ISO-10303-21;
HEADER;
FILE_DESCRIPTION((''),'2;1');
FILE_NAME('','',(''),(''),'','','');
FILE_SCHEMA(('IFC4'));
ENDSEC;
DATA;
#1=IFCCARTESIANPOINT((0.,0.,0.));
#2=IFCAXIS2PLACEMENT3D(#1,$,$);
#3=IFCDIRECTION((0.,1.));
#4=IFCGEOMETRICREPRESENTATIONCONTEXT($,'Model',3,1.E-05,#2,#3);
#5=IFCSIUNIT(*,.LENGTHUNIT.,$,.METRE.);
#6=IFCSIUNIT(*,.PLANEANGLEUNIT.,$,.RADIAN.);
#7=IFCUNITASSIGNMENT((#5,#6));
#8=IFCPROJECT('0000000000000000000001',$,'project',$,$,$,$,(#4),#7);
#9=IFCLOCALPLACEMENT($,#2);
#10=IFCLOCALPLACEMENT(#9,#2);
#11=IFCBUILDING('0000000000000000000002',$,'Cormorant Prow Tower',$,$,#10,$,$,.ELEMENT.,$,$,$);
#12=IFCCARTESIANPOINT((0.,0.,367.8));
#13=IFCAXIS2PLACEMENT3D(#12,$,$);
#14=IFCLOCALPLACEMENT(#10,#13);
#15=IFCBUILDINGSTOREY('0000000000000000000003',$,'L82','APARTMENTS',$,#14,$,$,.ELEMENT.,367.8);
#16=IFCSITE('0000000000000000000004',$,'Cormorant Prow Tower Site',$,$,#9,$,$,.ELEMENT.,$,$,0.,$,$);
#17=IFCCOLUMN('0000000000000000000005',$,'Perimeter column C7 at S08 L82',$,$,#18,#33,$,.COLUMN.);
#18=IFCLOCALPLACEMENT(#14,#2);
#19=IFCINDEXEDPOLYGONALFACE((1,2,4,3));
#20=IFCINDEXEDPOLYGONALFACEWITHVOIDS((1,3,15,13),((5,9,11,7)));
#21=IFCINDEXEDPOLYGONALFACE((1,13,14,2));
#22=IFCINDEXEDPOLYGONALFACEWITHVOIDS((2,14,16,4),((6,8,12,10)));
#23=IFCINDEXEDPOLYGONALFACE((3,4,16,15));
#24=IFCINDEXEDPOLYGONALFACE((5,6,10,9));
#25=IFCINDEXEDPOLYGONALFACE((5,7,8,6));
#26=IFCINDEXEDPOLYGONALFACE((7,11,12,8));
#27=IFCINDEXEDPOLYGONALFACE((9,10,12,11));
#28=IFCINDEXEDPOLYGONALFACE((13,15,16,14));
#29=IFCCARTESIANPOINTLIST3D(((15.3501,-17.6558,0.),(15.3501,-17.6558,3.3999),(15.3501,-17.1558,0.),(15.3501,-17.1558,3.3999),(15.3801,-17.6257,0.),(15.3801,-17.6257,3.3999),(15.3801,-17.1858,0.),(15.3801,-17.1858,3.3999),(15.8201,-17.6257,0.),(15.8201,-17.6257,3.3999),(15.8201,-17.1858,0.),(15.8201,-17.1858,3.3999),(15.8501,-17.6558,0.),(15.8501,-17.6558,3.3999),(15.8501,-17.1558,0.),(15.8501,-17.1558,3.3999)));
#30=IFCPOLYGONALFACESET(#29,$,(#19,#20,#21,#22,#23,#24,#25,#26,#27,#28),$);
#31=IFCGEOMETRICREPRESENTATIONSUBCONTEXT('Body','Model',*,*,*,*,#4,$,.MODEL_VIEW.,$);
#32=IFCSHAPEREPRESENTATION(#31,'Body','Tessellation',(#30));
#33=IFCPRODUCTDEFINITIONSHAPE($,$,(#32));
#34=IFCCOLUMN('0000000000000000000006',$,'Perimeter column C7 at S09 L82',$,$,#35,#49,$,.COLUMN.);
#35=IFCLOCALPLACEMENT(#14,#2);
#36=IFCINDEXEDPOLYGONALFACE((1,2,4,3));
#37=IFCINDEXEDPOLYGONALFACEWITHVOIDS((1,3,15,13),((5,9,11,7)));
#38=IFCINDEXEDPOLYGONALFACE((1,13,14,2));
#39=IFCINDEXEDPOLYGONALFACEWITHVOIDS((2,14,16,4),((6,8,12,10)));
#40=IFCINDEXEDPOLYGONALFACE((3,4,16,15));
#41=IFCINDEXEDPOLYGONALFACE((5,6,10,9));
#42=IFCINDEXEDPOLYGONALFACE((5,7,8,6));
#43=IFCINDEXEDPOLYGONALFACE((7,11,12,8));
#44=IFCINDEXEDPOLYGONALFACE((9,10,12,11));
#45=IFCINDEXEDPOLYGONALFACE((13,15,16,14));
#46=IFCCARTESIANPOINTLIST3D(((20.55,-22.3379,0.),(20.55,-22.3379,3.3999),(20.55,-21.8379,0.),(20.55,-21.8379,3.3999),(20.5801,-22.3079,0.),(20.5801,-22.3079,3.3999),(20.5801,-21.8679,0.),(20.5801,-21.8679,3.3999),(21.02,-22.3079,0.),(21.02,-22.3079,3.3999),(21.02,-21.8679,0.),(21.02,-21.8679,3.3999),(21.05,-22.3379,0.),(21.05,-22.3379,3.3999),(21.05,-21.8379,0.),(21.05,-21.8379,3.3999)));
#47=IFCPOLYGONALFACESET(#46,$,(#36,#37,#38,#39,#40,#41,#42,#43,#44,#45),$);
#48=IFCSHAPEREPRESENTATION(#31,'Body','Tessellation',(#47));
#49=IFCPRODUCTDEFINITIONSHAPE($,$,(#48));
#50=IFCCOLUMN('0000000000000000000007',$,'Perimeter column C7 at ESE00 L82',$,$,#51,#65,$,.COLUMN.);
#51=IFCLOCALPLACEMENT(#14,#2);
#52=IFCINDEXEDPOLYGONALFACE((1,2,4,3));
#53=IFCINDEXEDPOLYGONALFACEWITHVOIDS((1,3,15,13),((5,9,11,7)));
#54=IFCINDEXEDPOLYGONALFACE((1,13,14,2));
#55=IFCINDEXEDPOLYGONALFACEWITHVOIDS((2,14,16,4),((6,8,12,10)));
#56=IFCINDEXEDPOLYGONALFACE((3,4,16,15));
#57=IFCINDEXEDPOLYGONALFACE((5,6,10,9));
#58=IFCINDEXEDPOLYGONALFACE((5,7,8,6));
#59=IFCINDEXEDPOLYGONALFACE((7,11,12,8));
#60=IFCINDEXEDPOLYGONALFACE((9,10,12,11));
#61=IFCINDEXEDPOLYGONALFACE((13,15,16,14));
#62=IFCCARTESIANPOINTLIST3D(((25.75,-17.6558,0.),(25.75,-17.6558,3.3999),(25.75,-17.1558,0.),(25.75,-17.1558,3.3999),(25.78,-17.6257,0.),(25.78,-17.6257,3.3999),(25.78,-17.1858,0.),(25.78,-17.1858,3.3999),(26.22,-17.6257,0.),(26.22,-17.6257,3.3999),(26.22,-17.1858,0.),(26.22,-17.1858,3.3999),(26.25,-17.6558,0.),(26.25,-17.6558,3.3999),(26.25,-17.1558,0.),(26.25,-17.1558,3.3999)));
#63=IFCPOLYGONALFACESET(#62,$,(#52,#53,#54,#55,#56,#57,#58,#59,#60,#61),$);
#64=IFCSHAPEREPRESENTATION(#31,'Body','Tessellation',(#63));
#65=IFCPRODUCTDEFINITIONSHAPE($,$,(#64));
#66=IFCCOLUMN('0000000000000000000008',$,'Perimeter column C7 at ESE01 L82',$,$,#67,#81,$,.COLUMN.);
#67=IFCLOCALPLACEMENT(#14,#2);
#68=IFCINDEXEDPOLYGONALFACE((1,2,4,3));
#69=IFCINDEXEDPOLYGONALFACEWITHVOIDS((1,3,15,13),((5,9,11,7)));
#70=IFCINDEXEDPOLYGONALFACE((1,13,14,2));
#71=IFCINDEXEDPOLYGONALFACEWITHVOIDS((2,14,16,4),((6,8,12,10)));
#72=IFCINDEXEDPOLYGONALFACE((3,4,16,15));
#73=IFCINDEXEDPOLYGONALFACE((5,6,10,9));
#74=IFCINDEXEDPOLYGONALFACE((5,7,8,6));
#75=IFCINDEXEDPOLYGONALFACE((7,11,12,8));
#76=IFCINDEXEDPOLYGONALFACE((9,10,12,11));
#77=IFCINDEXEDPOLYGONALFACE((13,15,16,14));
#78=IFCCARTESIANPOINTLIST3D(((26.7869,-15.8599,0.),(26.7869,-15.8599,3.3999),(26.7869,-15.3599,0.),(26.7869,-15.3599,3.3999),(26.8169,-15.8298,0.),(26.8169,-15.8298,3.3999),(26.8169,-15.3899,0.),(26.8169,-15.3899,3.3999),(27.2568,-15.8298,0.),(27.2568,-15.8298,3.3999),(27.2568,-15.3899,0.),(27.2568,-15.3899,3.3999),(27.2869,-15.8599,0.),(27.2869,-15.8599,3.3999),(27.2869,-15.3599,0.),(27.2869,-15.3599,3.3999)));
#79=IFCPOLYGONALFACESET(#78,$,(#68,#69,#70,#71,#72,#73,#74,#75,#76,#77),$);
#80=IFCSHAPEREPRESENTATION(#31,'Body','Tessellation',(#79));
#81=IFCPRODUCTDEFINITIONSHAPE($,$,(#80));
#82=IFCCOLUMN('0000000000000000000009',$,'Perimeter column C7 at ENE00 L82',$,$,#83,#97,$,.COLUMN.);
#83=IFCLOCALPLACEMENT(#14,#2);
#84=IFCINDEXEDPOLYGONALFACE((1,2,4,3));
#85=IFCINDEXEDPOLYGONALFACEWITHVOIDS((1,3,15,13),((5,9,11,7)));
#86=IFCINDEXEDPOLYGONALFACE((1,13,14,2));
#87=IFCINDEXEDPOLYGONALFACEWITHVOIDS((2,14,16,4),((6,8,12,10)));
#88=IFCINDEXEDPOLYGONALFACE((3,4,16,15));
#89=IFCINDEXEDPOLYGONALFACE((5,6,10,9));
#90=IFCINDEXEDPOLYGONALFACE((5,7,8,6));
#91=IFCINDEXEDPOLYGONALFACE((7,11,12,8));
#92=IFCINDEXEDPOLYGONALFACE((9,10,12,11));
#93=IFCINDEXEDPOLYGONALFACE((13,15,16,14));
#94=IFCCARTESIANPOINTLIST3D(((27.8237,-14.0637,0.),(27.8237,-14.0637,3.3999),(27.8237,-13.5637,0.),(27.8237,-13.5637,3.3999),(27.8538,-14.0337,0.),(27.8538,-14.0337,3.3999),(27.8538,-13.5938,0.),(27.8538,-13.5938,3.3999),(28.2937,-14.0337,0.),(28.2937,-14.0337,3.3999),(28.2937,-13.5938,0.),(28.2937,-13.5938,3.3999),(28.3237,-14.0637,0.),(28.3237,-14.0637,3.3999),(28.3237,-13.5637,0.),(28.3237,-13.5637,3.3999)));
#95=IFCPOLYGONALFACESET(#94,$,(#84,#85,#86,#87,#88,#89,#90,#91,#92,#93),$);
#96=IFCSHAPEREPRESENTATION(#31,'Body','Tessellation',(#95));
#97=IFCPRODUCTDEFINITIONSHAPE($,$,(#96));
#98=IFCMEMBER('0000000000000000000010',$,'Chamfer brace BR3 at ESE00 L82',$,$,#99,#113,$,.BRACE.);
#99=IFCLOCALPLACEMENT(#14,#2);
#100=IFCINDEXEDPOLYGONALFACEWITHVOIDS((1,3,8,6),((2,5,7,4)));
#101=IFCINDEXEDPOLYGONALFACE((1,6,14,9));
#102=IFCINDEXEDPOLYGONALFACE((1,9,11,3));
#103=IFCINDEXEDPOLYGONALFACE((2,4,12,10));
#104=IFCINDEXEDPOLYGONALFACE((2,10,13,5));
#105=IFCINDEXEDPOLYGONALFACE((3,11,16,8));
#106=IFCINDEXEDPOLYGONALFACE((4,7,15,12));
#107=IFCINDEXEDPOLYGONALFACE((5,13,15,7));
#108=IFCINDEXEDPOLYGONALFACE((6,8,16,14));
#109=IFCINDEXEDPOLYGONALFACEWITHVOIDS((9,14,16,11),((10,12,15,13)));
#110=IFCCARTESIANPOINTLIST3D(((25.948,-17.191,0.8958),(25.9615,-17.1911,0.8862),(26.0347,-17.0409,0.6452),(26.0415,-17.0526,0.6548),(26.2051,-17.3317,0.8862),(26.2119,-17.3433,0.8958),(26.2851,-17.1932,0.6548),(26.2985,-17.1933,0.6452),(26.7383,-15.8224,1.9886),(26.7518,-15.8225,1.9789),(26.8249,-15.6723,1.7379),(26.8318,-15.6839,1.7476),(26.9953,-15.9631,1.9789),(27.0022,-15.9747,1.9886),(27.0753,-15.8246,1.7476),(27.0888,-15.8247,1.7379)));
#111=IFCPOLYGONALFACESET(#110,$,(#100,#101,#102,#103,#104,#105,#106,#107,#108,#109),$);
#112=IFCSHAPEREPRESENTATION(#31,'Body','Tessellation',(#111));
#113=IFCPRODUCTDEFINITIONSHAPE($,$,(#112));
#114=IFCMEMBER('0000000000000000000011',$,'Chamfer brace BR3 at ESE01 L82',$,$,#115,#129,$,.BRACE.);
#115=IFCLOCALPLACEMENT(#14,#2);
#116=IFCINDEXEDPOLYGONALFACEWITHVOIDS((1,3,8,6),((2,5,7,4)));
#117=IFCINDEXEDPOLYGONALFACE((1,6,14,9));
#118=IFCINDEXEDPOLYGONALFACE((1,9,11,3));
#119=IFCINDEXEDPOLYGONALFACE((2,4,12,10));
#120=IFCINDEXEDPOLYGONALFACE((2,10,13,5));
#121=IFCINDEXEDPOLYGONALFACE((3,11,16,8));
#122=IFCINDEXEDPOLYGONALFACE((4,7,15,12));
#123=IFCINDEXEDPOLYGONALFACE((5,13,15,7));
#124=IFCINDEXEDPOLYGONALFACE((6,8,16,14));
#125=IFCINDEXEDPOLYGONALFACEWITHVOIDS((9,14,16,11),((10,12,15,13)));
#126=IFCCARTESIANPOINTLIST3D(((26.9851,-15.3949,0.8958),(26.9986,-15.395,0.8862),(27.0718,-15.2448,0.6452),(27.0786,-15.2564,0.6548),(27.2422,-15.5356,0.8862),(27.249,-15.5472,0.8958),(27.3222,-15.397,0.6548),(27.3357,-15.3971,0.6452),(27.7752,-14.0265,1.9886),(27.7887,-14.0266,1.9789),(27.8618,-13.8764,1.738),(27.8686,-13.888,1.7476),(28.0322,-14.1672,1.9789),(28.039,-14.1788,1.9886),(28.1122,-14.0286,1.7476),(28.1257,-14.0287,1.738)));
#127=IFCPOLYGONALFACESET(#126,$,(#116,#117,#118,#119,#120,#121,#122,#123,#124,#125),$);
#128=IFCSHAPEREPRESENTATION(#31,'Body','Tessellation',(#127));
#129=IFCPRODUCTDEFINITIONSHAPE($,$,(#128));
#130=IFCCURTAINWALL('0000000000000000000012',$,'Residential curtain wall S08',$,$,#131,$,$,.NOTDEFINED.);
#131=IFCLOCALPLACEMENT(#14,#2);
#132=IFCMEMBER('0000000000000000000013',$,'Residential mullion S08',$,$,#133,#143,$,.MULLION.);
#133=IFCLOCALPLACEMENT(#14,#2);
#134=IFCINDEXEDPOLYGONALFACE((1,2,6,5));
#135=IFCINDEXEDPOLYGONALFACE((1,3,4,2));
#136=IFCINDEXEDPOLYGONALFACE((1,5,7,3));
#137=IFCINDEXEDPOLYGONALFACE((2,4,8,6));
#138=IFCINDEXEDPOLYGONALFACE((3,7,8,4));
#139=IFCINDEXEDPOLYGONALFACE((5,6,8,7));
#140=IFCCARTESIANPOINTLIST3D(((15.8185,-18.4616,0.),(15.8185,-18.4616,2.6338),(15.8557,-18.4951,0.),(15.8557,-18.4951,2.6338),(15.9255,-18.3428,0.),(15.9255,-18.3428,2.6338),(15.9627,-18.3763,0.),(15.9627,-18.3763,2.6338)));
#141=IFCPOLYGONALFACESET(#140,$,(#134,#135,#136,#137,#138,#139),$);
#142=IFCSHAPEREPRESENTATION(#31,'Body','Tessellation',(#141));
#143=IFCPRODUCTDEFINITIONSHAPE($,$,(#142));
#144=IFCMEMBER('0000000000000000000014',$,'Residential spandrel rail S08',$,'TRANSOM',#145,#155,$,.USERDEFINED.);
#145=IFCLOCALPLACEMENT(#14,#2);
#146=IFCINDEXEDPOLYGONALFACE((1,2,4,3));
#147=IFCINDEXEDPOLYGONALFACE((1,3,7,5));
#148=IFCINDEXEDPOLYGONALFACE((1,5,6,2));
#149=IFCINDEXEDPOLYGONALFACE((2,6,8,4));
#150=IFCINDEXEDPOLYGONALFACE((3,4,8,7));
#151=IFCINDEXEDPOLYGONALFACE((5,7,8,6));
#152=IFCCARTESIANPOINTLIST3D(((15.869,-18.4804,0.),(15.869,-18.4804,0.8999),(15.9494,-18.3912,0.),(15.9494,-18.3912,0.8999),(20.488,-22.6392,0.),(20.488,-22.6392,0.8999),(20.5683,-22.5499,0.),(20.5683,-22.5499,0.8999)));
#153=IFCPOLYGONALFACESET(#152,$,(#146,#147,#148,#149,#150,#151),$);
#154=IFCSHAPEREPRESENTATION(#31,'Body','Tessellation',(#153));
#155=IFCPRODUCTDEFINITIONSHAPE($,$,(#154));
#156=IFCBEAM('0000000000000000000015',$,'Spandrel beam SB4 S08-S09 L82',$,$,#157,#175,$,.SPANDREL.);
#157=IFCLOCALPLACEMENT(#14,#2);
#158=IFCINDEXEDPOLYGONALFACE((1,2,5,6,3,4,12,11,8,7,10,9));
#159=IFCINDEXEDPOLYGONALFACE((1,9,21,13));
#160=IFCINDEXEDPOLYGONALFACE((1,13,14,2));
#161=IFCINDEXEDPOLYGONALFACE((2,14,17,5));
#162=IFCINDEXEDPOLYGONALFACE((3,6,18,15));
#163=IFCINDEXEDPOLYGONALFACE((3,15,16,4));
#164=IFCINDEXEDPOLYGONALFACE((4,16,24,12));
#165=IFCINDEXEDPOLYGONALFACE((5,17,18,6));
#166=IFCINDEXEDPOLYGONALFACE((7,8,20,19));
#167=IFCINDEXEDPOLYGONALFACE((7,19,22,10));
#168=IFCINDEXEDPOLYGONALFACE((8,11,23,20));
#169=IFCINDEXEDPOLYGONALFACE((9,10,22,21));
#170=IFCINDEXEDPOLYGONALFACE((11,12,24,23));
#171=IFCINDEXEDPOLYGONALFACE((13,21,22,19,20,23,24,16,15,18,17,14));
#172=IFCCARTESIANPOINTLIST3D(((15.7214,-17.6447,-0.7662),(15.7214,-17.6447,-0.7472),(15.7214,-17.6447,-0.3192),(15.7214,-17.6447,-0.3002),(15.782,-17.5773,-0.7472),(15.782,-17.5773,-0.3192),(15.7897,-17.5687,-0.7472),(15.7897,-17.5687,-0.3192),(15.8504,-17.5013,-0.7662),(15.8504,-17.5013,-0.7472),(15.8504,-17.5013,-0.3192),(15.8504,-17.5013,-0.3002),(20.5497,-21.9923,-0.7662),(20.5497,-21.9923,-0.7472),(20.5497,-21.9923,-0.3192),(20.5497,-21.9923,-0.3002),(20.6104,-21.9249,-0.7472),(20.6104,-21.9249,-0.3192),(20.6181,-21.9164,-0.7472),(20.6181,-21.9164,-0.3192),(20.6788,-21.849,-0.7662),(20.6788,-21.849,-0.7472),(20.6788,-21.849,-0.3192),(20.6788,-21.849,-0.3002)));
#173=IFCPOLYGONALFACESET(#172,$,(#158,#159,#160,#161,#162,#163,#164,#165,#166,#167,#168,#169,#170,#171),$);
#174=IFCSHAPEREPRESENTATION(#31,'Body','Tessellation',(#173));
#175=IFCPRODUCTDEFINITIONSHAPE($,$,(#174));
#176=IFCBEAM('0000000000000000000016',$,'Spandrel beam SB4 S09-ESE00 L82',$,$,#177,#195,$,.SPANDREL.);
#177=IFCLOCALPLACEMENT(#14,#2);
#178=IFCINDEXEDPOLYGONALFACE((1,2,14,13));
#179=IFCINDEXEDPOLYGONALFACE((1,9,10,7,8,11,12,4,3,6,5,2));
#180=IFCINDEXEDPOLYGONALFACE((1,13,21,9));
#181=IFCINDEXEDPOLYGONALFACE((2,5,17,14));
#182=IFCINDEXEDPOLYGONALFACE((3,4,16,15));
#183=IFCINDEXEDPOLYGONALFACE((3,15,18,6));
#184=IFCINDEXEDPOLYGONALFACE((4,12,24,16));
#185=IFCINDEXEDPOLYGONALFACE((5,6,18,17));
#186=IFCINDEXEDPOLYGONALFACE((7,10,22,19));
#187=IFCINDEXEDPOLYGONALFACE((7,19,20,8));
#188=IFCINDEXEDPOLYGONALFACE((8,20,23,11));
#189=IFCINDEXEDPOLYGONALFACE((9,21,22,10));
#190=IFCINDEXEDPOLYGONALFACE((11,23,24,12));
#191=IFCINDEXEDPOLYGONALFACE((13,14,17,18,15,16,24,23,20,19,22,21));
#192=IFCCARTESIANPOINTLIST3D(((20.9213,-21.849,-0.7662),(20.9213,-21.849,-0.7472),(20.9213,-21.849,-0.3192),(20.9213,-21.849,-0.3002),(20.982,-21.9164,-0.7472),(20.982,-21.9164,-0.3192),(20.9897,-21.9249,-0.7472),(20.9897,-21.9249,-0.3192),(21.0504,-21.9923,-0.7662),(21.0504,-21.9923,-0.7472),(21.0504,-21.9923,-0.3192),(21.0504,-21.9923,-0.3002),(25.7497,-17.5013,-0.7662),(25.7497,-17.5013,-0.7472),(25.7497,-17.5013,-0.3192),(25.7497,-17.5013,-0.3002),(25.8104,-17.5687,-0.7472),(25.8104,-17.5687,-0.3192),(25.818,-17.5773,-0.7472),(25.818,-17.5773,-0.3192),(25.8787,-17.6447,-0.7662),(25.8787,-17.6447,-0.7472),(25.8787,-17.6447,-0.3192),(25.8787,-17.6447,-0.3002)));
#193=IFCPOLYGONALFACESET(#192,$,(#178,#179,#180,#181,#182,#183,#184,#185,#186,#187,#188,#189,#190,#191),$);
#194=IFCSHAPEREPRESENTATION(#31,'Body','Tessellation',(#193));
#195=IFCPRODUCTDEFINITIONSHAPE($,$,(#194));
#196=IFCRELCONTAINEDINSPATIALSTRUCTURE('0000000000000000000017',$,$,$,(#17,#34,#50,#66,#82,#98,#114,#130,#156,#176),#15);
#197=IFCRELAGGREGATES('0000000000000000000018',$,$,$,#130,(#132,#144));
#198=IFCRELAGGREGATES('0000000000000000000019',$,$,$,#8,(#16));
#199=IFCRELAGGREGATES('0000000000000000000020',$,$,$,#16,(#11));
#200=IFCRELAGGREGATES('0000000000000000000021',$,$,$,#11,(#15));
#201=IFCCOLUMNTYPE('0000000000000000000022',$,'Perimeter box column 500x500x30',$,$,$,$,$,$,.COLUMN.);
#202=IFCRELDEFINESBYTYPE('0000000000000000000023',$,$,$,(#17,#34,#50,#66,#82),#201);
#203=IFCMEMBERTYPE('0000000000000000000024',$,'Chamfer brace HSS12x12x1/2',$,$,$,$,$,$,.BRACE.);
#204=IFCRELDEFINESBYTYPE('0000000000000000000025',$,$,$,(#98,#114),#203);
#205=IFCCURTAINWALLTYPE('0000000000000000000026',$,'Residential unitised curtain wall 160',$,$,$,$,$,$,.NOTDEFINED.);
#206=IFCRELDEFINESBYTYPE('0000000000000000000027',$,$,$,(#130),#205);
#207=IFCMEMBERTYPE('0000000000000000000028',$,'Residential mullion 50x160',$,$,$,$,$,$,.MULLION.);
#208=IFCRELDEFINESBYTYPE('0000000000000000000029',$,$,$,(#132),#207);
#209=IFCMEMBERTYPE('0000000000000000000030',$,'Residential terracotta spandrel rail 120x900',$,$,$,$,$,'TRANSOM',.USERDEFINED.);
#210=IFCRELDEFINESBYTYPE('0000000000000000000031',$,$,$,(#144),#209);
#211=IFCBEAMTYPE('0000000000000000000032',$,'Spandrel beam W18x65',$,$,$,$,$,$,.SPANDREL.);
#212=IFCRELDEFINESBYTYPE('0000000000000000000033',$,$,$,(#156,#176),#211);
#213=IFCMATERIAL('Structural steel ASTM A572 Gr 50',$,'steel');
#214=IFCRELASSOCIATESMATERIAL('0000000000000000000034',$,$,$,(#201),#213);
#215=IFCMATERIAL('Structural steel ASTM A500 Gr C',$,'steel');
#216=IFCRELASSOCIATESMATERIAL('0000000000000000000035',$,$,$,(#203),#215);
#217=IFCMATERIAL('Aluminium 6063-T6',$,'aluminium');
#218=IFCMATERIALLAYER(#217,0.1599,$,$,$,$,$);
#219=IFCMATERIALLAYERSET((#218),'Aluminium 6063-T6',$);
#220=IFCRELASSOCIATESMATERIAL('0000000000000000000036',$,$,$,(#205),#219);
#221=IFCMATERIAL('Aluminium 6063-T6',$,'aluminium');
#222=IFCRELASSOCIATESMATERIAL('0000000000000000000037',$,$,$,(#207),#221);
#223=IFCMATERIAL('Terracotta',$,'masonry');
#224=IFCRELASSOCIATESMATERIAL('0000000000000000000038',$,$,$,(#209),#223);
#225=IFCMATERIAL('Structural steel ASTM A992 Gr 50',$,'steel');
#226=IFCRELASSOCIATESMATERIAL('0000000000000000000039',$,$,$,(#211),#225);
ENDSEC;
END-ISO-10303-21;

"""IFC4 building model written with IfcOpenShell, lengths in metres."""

from ifc_helpers import new_model, si_unit, direction, frame, origin, origin_2d, place, context, subcontext, project, spatial, rectangle, hollow_rectangle, i_section, extrude, material, layer, layer_set, material_profile, profile_set, type_object, element, aggregate, save


model = new_model("IFC4")

# Units and contexts
model_context = context("Model", 3, precision=1e-05, world=origin(), true_north=direction((0.0, 1.0)))
body_context = subcontext(model_context, "Body", "Model", "MODEL_VIEW")
ifc_project = project(units=[si_unit("LENGTHUNIT", "METRE"), si_unit("PLANEANGLEUNIT", "RADIAN")], contexts=[model_context])

# Site, building, storey
site_placement = place(None, origin())
site = spatial("IfcSite", under=ifc_project, at=site_placement, Name="Cormorant Prow Tower Site", CompositionType="ELEMENT", RefElevation=0.0)
building_placement = place(site_placement, origin())
building = spatial("IfcBuilding", under=site, at=building_placement, Name="Cormorant Prow Tower", CompositionType="ELEMENT")
storey_placement = place(building_placement, frame((0.0, 0.0, 367.8)))
storey = spatial("IfcBuildingStorey", under=building, at=storey_placement, Name="L82", Description="APARTMENTS", CompositionType="ELEMENT", Elevation=367.8)

# Columns
ifc_material_1 = material(Name="Structural steel ASTM A572 Gr 50", Category="steel")
ifc_material_profile_1 = material_profile(ifc_material_1, hollow_rectangle(XDim=0.5, YDim=0.5, WallThickness=0.03, at=origin_2d()), Name="Box 500x500x30")
ifc_profile_set_1 = profile_set([ifc_material_profile_1], Name="Structural steel ASTM A572 Gr 50")
column_type = type_object("IfcColumnType", Name="Perimeter box column 500x500x30", PredefinedType="COLUMN", material=ifc_profile_set_1)
for number, where, z_axis, x_axis, name in (
    (1, (15.6001, -17.4058, 0.0), (0.0, 0.0, 1.0), (1.0, 0.0, 0.0), "Perimeter column C7 at S08 L82"),
    (2, (20.8, -22.0879, 0.0), (0.0, 0.0, 1.0), (1.0, 0.0, 0.0), "Perimeter column C7 at S09 L82"),
    (3, (26.0, -17.4058, 0.0), (0.0, 0.0, 1.0), (1.0, 0.0, 0.0), "Perimeter column C7 at ESE00 L82"),
    (4, (27.0369, -15.6099, 0.0), (0.0, 0.0, 1.0), (1.0, 0.0, 0.0), "Perimeter column C7 at ESE01 L82"),
    (5, (28.0737, -13.8137, 0.0), (0.0, 0.0, 1.0), (1.0, 0.0, 0.0), "Perimeter column C7 at ENE00 L82"),
):
    element("IfcColumn", number, at=place(storey_placement, frame(where, z_axis=z_axis, x_axis=x_axis)), inside=storey, type_object=column_type, Name=name, PredefinedType="COLUMN", context=body_context, shape_type="SweptSolid", body=[
        extrude(hollow_rectangle(XDim=0.5, YDim=0.5, WallThickness=0.03, at=origin_2d()), origin(), (0.0, 0.0, 1.0), 3.3999),
    ])

# Members
ifc_material_2 = material(Name="Structural steel ASTM A500 Gr C", Category="steel")
ifc_material_profile_2 = material_profile(ifc_material_2, hollow_rectangle(XDim=0.3047, YDim=0.3047, WallThickness=0.0117, at=origin_2d()), Name="HSS12x12x1/2")
ifc_profile_set_2 = profile_set([ifc_material_profile_2], Name="Structural steel ASTM A500 Gr C")
member_type_1 = type_object("IfcMemberType", Name="Chamfer brace HSS12x12x1/2", PredefinedType="BRACE", material=ifc_profile_set_2)
member_1_placement = place(storey_placement, frame((26.1233, -17.1921, 0.7705), z_axis=(0.411299, 0.712308, 0.568728), x_axis=(-0.866, 0.500043, 0.0)))
element("IfcMember", 6, at=member_1_placement, inside=storey, type_object=member_type_1, Name="Chamfer brace BR3 at ESE00 L82", PredefinedType="BRACE", context=body_context, shape_type="SweptSolid", body=[
    extrude(hollow_rectangle(XDim=0.3047, YDim=0.3047, WallThickness=0.0117, at=origin_2d()), origin(), (0.0, 0.0, 1.0), 1.9214),
])
member_2_placement = place(storey_placement, frame((27.1604, -15.396, 0.7705), z_axis=(0.41123, 0.712282, 0.568809), x_axis=(-0.866029, 0.499994, 0.0)))
element("IfcMember", 7, at=member_2_placement, inside=storey, type_object=member_type_1, Name="Chamfer brace BR3 at ESE01 L82", PredefinedType="BRACE", context=body_context, shape_type="SweptSolid", body=[
    extrude(hollow_rectangle(XDim=0.3047, YDim=0.3047, WallThickness=0.0117, at=origin_2d()), origin(), (0.0, 0.0, 1.0), 1.9211),
])

# Curtain wall, members
ifc_material_3 = material(Name="Aluminium 6063-T6", Category="aluminium")
ifc_layer_1 = layer(ifc_material_3, 0.1599)
ifc_layer_set_1 = layer_set([ifc_layer_1], Name="Aluminium 6063-T6")
curtain_wall_type = type_object("IfcCurtainWallType", Name="Residential unitised curtain wall 160", PredefinedType="NOTDEFINED", material=ifc_layer_set_1)
curtain_wall_placement = place(storey_placement, origin())
curtain_wall = element("IfcCurtainWall", 8, at=curtain_wall_placement, inside=storey, type_object=curtain_wall_type, Name="Residential curtain wall S08", PredefinedType="NOTDEFINED")
ifc_material_4 = material(Name="Aluminium 6063-T6", Category="aluminium")
ifc_material_profile_3 = material_profile(ifc_material_4, rectangle(XDim=0.1599, YDim=0.05, at=origin_2d()), Name="Residential mullion 50x160")
ifc_profile_set_3 = profile_set([ifc_material_profile_3], Name="Aluminium 6063-T6")
member_type_2 = type_object("IfcMemberType", Name="Residential mullion 50x160", PredefinedType="MULLION", material=ifc_profile_set_3)
member_3_placement = place(storey_placement, frame((15.8906, -18.4189, 0.0), z_axis=(0.0, 0.0, 1.0), x_axis=(0.669131, 0.743145, 0.0)))
member_3 = element("IfcMember", 9, at=member_3_placement, type_object=member_type_2, Name="Residential mullion S08", PredefinedType="MULLION", context=body_context, shape_type="SweptSolid", body=[
    extrude(rectangle(XDim=0.1599, YDim=0.05, at=origin_2d()), origin(), (0.0, 0.0, 1.0), 2.6338),
])
ifc_material_5 = material(Name="Terracotta", Category="masonry")
ifc_material_profile_4 = material_profile(ifc_material_5, rectangle(XDim=0.1201, YDim=0.8999, at=origin_2d()), Name="Residential terracotta spandrel rail 120x900")
ifc_profile_set_4 = profile_set([ifc_material_profile_4], Name="Terracotta")
member_type_3 = type_object("IfcMemberType", Name="Residential terracotta spandrel rail 120x900", ElementType="TRANSOM", PredefinedType="USERDEFINED", material=ifc_profile_set_4)
member_4_placement = place(storey_placement, frame((15.9092, -18.4358, 0.45), z_axis=(0.743159, -0.669114, 0.0), x_axis=(0.669114, 0.743159, 0.0)))
member_4 = element("IfcMember", 10, at=member_4_placement, type_object=member_type_3, Name="Residential spandrel rail S08", ObjectType="TRANSOM", PredefinedType="USERDEFINED", context=body_context, shape_type="SweptSolid", body=[
    extrude(rectangle(XDim=0.1201, YDim=0.8999, at=origin_2d()), origin(), (0.0, 0.0, 1.0), 6.2153),
])

# Beams
ifc_material_6 = material(Name="Structural steel ASTM A992 Gr 50", Category="steel")
ifc_material_profile_5 = material_profile(ifc_material_6, i_section(OverallWidth=0.1929, OverallDepth=0.4661, WebThickness=0.0115, FlangeThickness=0.019, at=origin_2d()), Name="W18x65")
ifc_profile_set_5 = profile_set([ifc_material_profile_5], Name="Structural steel ASTM A992 Gr 50")
beam_type = type_object("IfcBeamType", Name="Spandrel beam W18x65", PredefinedType="SPANDREL", material=ifc_profile_set_5)
for number, where, z_axis, x_axis, name in (
    (11, (15.7859, -17.573, -0.5332), (0.743132, -0.669145, 0.0), (0.669145, 0.743132, 0.0), "Spandrel beam SB4 S08-S09 L82"),
    (12, (20.9858, -21.9207, -0.5332), (0.743132, 0.669145, 0.0), (-0.669145, 0.743132, 0.0), "Spandrel beam SB4 S09-ESE00 L82"),
):
    element("IfcBeam", number, at=place(storey_placement, frame(where, z_axis=z_axis, x_axis=x_axis)), inside=storey, type_object=beam_type, Name=name, PredefinedType="SPANDREL", context=body_context, shape_type="SweptSolid", body=[
        extrude(i_section(OverallWidth=0.1929, OverallDepth=0.4661, WebThickness=0.0115, FlangeThickness=0.019, at=origin_2d()), origin(), (0.0, 0.0, 1.0), 6.4973),
    ])

aggregate(curtain_wall, [member_3, member_4])

save(model, "model.ifc")
